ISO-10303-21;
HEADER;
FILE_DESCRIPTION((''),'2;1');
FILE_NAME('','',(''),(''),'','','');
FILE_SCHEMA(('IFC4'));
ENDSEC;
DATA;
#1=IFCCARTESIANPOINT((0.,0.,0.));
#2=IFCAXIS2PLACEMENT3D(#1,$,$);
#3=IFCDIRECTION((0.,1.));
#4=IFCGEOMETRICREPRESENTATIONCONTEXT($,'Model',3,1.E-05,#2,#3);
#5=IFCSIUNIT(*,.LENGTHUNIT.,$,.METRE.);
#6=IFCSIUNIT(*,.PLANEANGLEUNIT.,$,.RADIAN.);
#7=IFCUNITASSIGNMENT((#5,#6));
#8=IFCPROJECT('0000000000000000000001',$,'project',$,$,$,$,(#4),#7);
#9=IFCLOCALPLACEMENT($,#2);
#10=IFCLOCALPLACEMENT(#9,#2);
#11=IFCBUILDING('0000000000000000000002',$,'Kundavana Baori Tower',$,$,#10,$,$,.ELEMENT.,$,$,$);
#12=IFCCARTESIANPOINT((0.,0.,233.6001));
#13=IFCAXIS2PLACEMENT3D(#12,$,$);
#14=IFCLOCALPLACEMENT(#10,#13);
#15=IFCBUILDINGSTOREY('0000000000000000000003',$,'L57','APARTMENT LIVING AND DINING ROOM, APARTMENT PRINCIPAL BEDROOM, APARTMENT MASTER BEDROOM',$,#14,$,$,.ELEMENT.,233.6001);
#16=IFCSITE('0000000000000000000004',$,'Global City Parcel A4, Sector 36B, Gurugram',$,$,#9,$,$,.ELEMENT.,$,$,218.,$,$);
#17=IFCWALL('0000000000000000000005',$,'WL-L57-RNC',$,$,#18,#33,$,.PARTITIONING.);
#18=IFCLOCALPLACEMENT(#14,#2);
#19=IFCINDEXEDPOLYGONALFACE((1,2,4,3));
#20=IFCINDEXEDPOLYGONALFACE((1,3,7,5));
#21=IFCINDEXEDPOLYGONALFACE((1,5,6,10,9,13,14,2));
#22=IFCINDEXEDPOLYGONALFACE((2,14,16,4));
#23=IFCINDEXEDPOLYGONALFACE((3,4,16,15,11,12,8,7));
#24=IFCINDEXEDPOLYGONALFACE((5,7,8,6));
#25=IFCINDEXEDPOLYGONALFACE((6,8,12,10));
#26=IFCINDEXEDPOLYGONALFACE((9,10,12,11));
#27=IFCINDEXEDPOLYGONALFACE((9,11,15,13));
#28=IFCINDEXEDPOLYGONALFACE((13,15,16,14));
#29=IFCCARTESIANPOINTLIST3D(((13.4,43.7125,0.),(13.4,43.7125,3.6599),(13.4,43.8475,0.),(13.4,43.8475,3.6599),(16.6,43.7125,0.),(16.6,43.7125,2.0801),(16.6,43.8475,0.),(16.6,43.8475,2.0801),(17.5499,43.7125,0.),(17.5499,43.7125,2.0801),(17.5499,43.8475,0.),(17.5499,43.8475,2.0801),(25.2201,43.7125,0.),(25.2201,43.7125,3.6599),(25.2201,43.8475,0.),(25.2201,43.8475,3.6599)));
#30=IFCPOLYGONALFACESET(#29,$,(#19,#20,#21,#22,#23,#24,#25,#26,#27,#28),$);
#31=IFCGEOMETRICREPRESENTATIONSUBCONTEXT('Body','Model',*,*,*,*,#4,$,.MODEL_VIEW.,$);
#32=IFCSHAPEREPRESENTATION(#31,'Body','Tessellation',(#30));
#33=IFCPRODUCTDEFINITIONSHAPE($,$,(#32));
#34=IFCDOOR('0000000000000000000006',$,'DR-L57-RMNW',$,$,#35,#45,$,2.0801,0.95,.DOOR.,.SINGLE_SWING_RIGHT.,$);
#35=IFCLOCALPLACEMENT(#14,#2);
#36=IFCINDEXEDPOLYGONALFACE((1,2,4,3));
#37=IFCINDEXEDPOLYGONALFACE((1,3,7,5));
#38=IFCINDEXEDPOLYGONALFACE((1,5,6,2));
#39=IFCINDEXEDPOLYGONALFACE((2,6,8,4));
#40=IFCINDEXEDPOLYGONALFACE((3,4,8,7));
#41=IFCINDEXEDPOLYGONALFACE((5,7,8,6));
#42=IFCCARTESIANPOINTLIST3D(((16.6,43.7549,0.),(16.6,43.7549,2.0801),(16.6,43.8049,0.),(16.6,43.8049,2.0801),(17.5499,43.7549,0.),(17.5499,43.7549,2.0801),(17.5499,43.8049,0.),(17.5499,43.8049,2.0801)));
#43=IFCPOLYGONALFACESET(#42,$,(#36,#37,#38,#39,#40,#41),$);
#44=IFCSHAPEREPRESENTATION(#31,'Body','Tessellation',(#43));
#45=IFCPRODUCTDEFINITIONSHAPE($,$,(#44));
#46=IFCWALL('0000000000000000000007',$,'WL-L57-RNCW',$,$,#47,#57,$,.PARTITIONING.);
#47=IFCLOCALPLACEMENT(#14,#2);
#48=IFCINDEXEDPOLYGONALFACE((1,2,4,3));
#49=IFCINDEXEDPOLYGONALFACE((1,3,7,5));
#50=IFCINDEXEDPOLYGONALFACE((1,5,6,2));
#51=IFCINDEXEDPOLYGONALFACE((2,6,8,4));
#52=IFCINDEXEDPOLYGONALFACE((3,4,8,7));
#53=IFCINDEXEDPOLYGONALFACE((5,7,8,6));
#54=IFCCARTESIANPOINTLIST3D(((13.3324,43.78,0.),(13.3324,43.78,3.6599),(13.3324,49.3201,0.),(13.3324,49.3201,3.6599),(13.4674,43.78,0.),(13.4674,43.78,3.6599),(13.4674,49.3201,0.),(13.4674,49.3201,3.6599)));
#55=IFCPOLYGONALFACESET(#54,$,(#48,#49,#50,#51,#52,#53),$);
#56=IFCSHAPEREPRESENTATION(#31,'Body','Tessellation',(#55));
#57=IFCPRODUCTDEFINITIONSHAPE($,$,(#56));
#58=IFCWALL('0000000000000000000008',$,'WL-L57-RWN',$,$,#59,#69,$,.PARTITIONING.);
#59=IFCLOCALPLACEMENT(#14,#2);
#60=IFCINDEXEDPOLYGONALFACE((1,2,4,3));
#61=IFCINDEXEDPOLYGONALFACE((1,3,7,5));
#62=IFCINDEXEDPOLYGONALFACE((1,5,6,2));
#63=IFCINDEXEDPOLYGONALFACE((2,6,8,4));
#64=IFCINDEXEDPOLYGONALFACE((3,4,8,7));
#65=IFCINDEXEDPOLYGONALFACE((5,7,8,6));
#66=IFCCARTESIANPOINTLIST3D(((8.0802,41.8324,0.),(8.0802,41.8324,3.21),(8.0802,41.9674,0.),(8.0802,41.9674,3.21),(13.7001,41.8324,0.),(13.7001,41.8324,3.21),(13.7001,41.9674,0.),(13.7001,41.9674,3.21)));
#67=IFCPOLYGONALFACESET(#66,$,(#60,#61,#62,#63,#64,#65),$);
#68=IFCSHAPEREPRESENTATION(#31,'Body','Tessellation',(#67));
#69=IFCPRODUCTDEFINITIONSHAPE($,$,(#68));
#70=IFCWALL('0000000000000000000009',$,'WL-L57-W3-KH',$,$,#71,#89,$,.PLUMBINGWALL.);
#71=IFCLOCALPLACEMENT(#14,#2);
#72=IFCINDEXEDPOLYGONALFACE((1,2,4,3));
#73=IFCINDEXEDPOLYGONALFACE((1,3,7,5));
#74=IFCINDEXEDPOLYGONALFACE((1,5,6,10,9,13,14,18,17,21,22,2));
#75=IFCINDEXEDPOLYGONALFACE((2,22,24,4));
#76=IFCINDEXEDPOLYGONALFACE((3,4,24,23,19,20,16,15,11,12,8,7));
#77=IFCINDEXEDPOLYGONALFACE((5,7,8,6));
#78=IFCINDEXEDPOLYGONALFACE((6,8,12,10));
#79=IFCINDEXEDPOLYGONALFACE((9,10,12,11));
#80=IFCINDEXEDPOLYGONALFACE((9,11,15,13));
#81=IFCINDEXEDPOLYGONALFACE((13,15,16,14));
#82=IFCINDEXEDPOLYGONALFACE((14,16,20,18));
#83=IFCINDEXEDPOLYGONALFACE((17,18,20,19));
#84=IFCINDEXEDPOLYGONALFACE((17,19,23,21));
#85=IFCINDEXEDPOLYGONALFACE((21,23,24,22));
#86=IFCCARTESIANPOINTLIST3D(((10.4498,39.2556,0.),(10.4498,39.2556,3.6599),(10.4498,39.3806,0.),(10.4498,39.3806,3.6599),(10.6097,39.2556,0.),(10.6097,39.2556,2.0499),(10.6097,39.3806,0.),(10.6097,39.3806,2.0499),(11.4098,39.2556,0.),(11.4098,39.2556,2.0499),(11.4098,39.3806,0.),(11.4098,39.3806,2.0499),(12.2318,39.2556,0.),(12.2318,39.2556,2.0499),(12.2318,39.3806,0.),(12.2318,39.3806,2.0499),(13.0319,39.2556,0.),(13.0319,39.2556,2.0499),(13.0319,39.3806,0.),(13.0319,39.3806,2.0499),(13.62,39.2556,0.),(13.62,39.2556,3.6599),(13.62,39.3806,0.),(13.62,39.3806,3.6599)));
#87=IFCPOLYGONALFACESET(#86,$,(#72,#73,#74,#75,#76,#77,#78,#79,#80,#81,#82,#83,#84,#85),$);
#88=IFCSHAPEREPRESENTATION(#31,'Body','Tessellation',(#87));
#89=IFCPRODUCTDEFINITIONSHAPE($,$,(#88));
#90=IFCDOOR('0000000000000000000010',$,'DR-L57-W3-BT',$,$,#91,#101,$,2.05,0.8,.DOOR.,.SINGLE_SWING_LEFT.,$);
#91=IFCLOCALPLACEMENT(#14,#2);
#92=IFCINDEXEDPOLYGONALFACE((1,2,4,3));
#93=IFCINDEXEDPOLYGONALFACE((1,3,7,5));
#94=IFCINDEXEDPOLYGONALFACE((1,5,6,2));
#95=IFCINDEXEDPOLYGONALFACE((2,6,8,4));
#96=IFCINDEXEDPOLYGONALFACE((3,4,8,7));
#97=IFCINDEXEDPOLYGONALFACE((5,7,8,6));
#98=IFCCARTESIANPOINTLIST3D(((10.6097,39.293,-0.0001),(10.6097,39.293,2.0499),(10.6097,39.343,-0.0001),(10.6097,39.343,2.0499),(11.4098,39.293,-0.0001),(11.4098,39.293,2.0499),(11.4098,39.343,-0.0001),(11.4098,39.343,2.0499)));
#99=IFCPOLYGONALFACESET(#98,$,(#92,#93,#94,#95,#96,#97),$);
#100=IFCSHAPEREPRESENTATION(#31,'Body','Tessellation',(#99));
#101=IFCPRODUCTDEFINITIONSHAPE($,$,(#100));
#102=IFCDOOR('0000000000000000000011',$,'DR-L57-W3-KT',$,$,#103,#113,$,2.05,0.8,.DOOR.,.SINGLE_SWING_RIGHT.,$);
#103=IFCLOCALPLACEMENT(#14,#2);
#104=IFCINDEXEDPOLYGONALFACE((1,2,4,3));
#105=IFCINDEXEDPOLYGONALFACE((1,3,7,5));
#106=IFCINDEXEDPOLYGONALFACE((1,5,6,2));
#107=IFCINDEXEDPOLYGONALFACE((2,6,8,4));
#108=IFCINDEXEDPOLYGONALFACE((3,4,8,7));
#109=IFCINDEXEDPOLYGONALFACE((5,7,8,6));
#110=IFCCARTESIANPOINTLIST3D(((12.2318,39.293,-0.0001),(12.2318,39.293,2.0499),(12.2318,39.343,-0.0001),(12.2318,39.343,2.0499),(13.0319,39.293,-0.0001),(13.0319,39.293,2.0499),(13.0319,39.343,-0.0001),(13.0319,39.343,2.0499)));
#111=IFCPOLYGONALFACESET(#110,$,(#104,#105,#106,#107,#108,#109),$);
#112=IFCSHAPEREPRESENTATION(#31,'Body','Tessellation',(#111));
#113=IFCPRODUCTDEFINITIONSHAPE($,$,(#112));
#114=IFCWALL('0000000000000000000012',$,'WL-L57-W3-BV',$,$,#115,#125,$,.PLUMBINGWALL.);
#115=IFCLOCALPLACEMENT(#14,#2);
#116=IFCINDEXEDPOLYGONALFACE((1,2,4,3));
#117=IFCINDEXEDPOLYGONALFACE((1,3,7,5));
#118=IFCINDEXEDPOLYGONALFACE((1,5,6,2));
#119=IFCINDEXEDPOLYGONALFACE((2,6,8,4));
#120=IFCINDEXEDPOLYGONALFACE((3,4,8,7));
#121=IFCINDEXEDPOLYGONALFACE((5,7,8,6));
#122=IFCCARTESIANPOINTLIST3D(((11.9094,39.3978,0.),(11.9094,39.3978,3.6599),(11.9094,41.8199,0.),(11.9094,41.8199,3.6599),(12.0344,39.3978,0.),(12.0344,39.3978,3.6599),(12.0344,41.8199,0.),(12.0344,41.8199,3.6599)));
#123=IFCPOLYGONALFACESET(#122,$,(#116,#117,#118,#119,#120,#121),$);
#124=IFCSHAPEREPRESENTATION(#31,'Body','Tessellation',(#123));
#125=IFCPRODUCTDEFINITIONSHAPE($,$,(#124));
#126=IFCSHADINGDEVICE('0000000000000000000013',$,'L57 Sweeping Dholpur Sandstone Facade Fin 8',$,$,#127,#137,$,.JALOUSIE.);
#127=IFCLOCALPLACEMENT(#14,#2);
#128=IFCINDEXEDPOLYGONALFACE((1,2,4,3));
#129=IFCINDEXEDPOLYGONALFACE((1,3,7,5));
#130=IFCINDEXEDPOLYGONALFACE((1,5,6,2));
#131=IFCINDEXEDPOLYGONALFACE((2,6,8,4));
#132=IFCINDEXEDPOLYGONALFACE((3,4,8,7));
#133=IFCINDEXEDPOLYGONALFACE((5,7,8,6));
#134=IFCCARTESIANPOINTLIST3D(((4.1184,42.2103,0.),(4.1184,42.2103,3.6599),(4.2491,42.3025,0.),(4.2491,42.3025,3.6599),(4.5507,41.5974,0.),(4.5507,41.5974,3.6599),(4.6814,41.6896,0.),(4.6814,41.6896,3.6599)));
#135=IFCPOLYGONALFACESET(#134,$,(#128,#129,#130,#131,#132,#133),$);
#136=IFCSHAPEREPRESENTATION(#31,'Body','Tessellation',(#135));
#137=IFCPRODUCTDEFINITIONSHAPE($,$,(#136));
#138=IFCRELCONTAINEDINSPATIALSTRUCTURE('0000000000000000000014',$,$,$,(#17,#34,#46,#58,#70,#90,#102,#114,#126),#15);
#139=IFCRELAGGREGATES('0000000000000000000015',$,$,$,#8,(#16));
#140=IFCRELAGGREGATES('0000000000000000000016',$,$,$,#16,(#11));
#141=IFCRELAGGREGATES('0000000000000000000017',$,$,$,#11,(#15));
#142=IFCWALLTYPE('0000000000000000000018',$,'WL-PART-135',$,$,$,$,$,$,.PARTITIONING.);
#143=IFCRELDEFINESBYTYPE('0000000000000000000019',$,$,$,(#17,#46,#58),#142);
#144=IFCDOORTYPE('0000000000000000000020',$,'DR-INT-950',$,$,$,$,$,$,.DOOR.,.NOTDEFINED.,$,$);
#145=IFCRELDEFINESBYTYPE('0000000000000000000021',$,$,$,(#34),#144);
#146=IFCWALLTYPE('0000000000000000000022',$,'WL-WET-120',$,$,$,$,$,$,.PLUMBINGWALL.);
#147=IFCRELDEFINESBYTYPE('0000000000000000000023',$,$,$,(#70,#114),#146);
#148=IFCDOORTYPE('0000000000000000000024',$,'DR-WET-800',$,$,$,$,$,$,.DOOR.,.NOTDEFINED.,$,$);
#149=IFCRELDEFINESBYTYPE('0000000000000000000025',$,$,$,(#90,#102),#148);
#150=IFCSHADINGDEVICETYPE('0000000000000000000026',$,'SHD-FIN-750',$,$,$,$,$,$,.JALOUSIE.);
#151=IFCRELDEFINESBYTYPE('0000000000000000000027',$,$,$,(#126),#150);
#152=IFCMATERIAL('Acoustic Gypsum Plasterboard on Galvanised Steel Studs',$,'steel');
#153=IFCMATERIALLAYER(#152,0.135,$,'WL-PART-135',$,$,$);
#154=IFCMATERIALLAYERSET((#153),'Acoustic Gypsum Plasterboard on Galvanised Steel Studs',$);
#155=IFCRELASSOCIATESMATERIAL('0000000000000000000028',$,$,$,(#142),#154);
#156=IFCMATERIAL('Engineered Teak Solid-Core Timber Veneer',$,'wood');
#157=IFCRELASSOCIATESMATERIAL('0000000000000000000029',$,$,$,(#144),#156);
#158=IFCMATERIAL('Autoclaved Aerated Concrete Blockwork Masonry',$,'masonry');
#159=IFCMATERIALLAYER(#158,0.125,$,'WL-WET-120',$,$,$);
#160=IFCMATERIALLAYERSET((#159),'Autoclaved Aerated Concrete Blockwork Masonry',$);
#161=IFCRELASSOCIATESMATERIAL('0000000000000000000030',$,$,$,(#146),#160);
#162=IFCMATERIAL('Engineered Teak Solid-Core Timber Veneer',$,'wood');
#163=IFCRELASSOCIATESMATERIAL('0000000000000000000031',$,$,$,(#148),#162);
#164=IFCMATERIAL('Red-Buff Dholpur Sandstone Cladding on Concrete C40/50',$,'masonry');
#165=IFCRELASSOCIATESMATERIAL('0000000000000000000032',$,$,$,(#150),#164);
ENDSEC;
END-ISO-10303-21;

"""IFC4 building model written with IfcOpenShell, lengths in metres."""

from ifc_helpers import new_model, si_unit, direction, frame, frame_2d, origin, origin_2d, place, context, subcontext, project, spatial, rectangle, extrude, material, layer, layer_set, type_object, element, fill, save


model = new_model("IFC4")

# Units and contexts
model_context = context("Model", 3, precision=1e-05, world=origin(), true_north=direction((0.0, 1.0)))
body_context = subcontext(model_context, "Body", "Model", "MODEL_VIEW")
ifc_project = project(units=[si_unit("LENGTHUNIT", "METRE"), si_unit("PLANEANGLEUNIT", "RADIAN")], contexts=[model_context])

# Site, building, storey
site_placement = place(None, origin())
site = spatial("IfcSite", under=ifc_project, at=site_placement, Name="Global City Parcel A4, Sector 36B, Gurugram", CompositionType="ELEMENT", RefElevation=218.0)
building_placement = place(site_placement, origin())
building = spatial("IfcBuilding", under=site, at=building_placement, Name="Kundavana Baori Tower", CompositionType="ELEMENT")
storey_placement = place(building_placement, frame((0.0, 0.0, 233.6001)))
storey = spatial("IfcBuildingStorey", under=building, at=storey_placement, Name="L57", Description="APARTMENT LIVING AND DINING ROOM, APARTMENT PRINCIPAL BEDROOM, APARTMENT MASTER BEDROOM", CompositionType="ELEMENT", Elevation=233.6001)

# Wall, opening, door
ifc_material_1 = material(Name="Acoustic Gypsum Plasterboard on Galvanised Steel Studs", Category="steel")
ifc_layer_1 = layer(ifc_material_1, 0.135, Name="WL-PART-135")
ifc_layer_set_1 = layer_set([ifc_layer_1], Name="Acoustic Gypsum Plasterboard on Galvanised Steel Studs")
wall_type_1 = type_object("IfcWallType", Name="WL-PART-135", PredefinedType="PARTITIONING", material=ifc_layer_set_1)
wall_1_placement = place(storey_placement, frame((13.3999, 43.78, 0.0), z_axis=(0.0, 0.0, 1.0), x_axis=(1.0, 0.0, 0.0)))
wall_1 = element("IfcWall", 1, at=wall_1_placement, inside=storey, type_object=wall_type_1, Name="WL-L57-RNC", PredefinedType="PARTITIONING", context=body_context, shape_type="SweptSolid", body=[
    extrude(rectangle(XDim=11.8201, YDim=0.135, at=frame_2d((5.9102, 0.0))), origin(), (0.0, 0.0, 1.0), 3.6599),
])
opening_1_placement = place(wall_1_placement, frame((3.2, 0.0, 0.0)))
opening_1 = element("IfcOpeningElement", 2, at=opening_1_placement, cuts=wall_1, PredefinedType="OPENING", context=body_context, shape_type="SweptSolid", body=[
    extrude(rectangle(XDim=0.95, YDim=2.0801, at=frame_2d((0.4751, 1.04))), frame((0.0, 0.0776, 0.0), z_axis=(0.0, -1.0, 0.0), x_axis=(1.0, 0.0, 0.0)), (0.0, 0.0, 1.0), 0.155),
])
ifc_material_2 = material(Name="Engineered Teak Solid-Core Timber Veneer", Category="wood")
door_type_1 = type_object("IfcDoorType", Name="DR-INT-950", OperationType="NOTDEFINED", PredefinedType="DOOR", material=ifc_material_2)
door_1_placement = place(opening_1_placement, origin())
door_1 = element("IfcDoor", 3, at=door_1_placement, inside=storey, type_object=door_type_1, Name="DR-L57-RMNW", OperationType="SINGLE_SWING_RIGHT", OverallHeight=2.0801, OverallWidth=0.95, PredefinedType="DOOR", context=body_context, shape_type="SweptSolid", body=[
    extrude(rectangle(XDim=0.95, YDim=2.0801, at=frame_2d((0.4751, 1.04))), frame((0.0, 0.0249, 0.0), z_axis=(0.0, -1.0, 0.0), x_axis=(1.0, 0.0, 0.0)), (0.0, 0.0, 1.0), 0.05),
])
fill(opening_1, door_1)

# Walls
wall_2_placement = place(storey_placement, frame((13.3999, 43.78, 0.0), z_axis=(0.0, 0.0, 1.0), x_axis=(0.0, 1.0, 0.0)))
element("IfcWall", 4, at=wall_2_placement, inside=storey, type_object=wall_type_1, Name="WL-L57-RNCW", PredefinedType="PARTITIONING", context=body_context, shape_type="SweptSolid", body=[
    extrude(rectangle(XDim=5.54, YDim=0.135, at=frame_2d((2.77, 0.0))), origin(), (0.0, 0.0, 1.0), 3.6599),
])
wall_3_placement = place(storey_placement, frame((8.0801, 41.8999, 0.0), z_axis=(0.0, 0.0, 1.0), x_axis=(1.0, 0.0, 0.0)))
element("IfcWall", 5, at=wall_3_placement, inside=storey, type_object=wall_type_1, Name="WL-L57-RWN", PredefinedType="PARTITIONING", context=body_context, shape_type="SweptSolid", body=[
    extrude(rectangle(XDim=5.6199, YDim=0.135, at=frame_2d((2.8101, 0.0))), origin(), (0.0, 0.0, 1.0), 3.21),
])

# Wall, openings, doors
ifc_material_3 = material(Name="Autoclaved Aerated Concrete Blockwork Masonry", Category="masonry")
ifc_layer_2 = layer(ifc_material_3, 0.125, Name="WL-WET-120")
ifc_layer_set_2 = layer_set([ifc_layer_2], Name="Autoclaved Aerated Concrete Blockwork Masonry")
wall_type_2 = type_object("IfcWallType", Name="WL-WET-120", PredefinedType="PLUMBINGWALL", material=ifc_layer_set_2)
wall_4_placement = place(storey_placement, frame((10.45, 39.3181, 0.0), z_axis=(0.0, 0.0, 1.0), x_axis=(1.0, 0.0, 0.0)))
wall_4 = element("IfcWall", 6, at=wall_4_placement, inside=storey, type_object=wall_type_2, Name="WL-L57-W3-KH", PredefinedType="PLUMBINGWALL", context=body_context, shape_type="SweptSolid", body=[
    extrude(rectangle(XDim=3.1702, YDim=0.125, at=frame_2d((1.585, 0.0))), origin(), (0.0, 0.0, 1.0), 3.6599),
])
opening_2_placement = place(wall_4_placement, frame((0.1599, 0.0, 0.0)))
opening_2 = element("IfcOpeningElement", 7, at=opening_2_placement, cuts=wall_4, PredefinedType="OPENING", context=body_context, shape_type="SweptSolid", body=[
    extrude(rectangle(XDim=0.8, YDim=2.05, at=frame_2d((0.3999, 1.0249))), frame((0.0, 0.0725, 0.0), z_axis=(0.0, -1.0, 0.0), x_axis=(1.0, 0.0, 0.0)), (0.0, 0.0, 1.0), 0.145),
])
opening_3_placement = place(wall_4_placement, frame((1.782, 0.0, 0.0)))
opening_3 = element("IfcOpeningElement", 8, at=opening_3_placement, cuts=wall_4, PredefinedType="OPENING", context=body_context, shape_type="SweptSolid", body=[
    extrude(rectangle(XDim=0.8, YDim=2.05, at=frame_2d((0.3999, 1.0249))), frame((0.0, 0.0725, 0.0), z_axis=(0.0, -1.0, 0.0), x_axis=(1.0, 0.0, 0.0)), (0.0, 0.0, 1.0), 0.145),
])
ifc_material_4 = material(Name="Engineered Teak Solid-Core Timber Veneer", Category="wood")
door_type_2 = type_object("IfcDoorType", Name="DR-WET-800", OperationType="NOTDEFINED", PredefinedType="DOOR", material=ifc_material_4)
door_2_placement = place(opening_2_placement, origin())
door_2 = element("IfcDoor", 9, at=door_2_placement, inside=storey, type_object=door_type_2, Name="DR-L57-W3-BT", OperationType="SINGLE_SWING_LEFT", OverallHeight=2.05, OverallWidth=0.8, PredefinedType="DOOR", context=body_context, shape_type="SweptSolid", body=[
    extrude(rectangle(XDim=0.8, YDim=2.05, at=frame_2d((0.3999, 1.0249))), frame((0.0, 0.0249, 0.0), z_axis=(0.0, -1.0, 0.0), x_axis=(1.0, 0.0, 0.0)), (0.0, 0.0, 1.0), 0.05),
])
fill(opening_2, door_2)
door_3_placement = place(opening_3_placement, origin())
door_3 = element("IfcDoor", 10, at=door_3_placement, inside=storey, type_object=door_type_2, Name="DR-L57-W3-KT", OperationType="SINGLE_SWING_RIGHT", OverallHeight=2.05, OverallWidth=0.8, PredefinedType="DOOR", context=body_context, shape_type="SweptSolid", body=[
    extrude(rectangle(XDim=0.8, YDim=2.05, at=frame_2d((0.3999, 1.0249))), frame((0.0, 0.0249, 0.0), z_axis=(0.0, -1.0, 0.0), x_axis=(1.0, 0.0, 0.0)), (0.0, 0.0, 1.0), 0.05),
])
fill(opening_3, door_3)

# Wall
wall_5_placement = place(storey_placement, frame((11.9719, 39.3979, 0.0), z_axis=(0.0, 0.0, 1.0), x_axis=(0.0, 1.0, 0.0)))
element("IfcWall", 11, at=wall_5_placement, inside=storey, type_object=wall_type_2, Name="WL-L57-W3-BV", PredefinedType="PLUMBINGWALL", context=body_context, shape_type="SweptSolid", body=[
    extrude(rectangle(XDim=2.4221, YDim=0.125, at=frame_2d((1.2109, 0.0))), origin(), (0.0, 0.0, 1.0), 3.6599),
])

# Shading device
ifc_material_5 = material(Name="Red-Buff Dholpur Sandstone Cladding on Concrete C40/50", Category="masonry")
shading_device_type = type_object("IfcShadingDeviceType", Name="SHD-FIN-750", PredefinedType="JALOUSIE", material=ifc_material_5)
shading_device_placement = place(storey_placement, frame((4.3999, 41.95, 0.0), z_axis=(0.0, 0.0, 1.0), x_axis=(0.817245, 0.57629, 0.0)))
element("IfcShadingDevice", 12, at=shading_device_placement, inside=storey, type_object=shading_device_type, Name="L57 Sweeping Dholpur Sandstone Facade Fin 8", PredefinedType="JALOUSIE", context=body_context, shape_type="SweptSolid", body=[
    extrude(rectangle(XDim=0.1599, YDim=0.75, at=origin_2d()), origin(), (0.0, 0.0, 1.0), 3.6599),
])

save(model, "model.ifc")
